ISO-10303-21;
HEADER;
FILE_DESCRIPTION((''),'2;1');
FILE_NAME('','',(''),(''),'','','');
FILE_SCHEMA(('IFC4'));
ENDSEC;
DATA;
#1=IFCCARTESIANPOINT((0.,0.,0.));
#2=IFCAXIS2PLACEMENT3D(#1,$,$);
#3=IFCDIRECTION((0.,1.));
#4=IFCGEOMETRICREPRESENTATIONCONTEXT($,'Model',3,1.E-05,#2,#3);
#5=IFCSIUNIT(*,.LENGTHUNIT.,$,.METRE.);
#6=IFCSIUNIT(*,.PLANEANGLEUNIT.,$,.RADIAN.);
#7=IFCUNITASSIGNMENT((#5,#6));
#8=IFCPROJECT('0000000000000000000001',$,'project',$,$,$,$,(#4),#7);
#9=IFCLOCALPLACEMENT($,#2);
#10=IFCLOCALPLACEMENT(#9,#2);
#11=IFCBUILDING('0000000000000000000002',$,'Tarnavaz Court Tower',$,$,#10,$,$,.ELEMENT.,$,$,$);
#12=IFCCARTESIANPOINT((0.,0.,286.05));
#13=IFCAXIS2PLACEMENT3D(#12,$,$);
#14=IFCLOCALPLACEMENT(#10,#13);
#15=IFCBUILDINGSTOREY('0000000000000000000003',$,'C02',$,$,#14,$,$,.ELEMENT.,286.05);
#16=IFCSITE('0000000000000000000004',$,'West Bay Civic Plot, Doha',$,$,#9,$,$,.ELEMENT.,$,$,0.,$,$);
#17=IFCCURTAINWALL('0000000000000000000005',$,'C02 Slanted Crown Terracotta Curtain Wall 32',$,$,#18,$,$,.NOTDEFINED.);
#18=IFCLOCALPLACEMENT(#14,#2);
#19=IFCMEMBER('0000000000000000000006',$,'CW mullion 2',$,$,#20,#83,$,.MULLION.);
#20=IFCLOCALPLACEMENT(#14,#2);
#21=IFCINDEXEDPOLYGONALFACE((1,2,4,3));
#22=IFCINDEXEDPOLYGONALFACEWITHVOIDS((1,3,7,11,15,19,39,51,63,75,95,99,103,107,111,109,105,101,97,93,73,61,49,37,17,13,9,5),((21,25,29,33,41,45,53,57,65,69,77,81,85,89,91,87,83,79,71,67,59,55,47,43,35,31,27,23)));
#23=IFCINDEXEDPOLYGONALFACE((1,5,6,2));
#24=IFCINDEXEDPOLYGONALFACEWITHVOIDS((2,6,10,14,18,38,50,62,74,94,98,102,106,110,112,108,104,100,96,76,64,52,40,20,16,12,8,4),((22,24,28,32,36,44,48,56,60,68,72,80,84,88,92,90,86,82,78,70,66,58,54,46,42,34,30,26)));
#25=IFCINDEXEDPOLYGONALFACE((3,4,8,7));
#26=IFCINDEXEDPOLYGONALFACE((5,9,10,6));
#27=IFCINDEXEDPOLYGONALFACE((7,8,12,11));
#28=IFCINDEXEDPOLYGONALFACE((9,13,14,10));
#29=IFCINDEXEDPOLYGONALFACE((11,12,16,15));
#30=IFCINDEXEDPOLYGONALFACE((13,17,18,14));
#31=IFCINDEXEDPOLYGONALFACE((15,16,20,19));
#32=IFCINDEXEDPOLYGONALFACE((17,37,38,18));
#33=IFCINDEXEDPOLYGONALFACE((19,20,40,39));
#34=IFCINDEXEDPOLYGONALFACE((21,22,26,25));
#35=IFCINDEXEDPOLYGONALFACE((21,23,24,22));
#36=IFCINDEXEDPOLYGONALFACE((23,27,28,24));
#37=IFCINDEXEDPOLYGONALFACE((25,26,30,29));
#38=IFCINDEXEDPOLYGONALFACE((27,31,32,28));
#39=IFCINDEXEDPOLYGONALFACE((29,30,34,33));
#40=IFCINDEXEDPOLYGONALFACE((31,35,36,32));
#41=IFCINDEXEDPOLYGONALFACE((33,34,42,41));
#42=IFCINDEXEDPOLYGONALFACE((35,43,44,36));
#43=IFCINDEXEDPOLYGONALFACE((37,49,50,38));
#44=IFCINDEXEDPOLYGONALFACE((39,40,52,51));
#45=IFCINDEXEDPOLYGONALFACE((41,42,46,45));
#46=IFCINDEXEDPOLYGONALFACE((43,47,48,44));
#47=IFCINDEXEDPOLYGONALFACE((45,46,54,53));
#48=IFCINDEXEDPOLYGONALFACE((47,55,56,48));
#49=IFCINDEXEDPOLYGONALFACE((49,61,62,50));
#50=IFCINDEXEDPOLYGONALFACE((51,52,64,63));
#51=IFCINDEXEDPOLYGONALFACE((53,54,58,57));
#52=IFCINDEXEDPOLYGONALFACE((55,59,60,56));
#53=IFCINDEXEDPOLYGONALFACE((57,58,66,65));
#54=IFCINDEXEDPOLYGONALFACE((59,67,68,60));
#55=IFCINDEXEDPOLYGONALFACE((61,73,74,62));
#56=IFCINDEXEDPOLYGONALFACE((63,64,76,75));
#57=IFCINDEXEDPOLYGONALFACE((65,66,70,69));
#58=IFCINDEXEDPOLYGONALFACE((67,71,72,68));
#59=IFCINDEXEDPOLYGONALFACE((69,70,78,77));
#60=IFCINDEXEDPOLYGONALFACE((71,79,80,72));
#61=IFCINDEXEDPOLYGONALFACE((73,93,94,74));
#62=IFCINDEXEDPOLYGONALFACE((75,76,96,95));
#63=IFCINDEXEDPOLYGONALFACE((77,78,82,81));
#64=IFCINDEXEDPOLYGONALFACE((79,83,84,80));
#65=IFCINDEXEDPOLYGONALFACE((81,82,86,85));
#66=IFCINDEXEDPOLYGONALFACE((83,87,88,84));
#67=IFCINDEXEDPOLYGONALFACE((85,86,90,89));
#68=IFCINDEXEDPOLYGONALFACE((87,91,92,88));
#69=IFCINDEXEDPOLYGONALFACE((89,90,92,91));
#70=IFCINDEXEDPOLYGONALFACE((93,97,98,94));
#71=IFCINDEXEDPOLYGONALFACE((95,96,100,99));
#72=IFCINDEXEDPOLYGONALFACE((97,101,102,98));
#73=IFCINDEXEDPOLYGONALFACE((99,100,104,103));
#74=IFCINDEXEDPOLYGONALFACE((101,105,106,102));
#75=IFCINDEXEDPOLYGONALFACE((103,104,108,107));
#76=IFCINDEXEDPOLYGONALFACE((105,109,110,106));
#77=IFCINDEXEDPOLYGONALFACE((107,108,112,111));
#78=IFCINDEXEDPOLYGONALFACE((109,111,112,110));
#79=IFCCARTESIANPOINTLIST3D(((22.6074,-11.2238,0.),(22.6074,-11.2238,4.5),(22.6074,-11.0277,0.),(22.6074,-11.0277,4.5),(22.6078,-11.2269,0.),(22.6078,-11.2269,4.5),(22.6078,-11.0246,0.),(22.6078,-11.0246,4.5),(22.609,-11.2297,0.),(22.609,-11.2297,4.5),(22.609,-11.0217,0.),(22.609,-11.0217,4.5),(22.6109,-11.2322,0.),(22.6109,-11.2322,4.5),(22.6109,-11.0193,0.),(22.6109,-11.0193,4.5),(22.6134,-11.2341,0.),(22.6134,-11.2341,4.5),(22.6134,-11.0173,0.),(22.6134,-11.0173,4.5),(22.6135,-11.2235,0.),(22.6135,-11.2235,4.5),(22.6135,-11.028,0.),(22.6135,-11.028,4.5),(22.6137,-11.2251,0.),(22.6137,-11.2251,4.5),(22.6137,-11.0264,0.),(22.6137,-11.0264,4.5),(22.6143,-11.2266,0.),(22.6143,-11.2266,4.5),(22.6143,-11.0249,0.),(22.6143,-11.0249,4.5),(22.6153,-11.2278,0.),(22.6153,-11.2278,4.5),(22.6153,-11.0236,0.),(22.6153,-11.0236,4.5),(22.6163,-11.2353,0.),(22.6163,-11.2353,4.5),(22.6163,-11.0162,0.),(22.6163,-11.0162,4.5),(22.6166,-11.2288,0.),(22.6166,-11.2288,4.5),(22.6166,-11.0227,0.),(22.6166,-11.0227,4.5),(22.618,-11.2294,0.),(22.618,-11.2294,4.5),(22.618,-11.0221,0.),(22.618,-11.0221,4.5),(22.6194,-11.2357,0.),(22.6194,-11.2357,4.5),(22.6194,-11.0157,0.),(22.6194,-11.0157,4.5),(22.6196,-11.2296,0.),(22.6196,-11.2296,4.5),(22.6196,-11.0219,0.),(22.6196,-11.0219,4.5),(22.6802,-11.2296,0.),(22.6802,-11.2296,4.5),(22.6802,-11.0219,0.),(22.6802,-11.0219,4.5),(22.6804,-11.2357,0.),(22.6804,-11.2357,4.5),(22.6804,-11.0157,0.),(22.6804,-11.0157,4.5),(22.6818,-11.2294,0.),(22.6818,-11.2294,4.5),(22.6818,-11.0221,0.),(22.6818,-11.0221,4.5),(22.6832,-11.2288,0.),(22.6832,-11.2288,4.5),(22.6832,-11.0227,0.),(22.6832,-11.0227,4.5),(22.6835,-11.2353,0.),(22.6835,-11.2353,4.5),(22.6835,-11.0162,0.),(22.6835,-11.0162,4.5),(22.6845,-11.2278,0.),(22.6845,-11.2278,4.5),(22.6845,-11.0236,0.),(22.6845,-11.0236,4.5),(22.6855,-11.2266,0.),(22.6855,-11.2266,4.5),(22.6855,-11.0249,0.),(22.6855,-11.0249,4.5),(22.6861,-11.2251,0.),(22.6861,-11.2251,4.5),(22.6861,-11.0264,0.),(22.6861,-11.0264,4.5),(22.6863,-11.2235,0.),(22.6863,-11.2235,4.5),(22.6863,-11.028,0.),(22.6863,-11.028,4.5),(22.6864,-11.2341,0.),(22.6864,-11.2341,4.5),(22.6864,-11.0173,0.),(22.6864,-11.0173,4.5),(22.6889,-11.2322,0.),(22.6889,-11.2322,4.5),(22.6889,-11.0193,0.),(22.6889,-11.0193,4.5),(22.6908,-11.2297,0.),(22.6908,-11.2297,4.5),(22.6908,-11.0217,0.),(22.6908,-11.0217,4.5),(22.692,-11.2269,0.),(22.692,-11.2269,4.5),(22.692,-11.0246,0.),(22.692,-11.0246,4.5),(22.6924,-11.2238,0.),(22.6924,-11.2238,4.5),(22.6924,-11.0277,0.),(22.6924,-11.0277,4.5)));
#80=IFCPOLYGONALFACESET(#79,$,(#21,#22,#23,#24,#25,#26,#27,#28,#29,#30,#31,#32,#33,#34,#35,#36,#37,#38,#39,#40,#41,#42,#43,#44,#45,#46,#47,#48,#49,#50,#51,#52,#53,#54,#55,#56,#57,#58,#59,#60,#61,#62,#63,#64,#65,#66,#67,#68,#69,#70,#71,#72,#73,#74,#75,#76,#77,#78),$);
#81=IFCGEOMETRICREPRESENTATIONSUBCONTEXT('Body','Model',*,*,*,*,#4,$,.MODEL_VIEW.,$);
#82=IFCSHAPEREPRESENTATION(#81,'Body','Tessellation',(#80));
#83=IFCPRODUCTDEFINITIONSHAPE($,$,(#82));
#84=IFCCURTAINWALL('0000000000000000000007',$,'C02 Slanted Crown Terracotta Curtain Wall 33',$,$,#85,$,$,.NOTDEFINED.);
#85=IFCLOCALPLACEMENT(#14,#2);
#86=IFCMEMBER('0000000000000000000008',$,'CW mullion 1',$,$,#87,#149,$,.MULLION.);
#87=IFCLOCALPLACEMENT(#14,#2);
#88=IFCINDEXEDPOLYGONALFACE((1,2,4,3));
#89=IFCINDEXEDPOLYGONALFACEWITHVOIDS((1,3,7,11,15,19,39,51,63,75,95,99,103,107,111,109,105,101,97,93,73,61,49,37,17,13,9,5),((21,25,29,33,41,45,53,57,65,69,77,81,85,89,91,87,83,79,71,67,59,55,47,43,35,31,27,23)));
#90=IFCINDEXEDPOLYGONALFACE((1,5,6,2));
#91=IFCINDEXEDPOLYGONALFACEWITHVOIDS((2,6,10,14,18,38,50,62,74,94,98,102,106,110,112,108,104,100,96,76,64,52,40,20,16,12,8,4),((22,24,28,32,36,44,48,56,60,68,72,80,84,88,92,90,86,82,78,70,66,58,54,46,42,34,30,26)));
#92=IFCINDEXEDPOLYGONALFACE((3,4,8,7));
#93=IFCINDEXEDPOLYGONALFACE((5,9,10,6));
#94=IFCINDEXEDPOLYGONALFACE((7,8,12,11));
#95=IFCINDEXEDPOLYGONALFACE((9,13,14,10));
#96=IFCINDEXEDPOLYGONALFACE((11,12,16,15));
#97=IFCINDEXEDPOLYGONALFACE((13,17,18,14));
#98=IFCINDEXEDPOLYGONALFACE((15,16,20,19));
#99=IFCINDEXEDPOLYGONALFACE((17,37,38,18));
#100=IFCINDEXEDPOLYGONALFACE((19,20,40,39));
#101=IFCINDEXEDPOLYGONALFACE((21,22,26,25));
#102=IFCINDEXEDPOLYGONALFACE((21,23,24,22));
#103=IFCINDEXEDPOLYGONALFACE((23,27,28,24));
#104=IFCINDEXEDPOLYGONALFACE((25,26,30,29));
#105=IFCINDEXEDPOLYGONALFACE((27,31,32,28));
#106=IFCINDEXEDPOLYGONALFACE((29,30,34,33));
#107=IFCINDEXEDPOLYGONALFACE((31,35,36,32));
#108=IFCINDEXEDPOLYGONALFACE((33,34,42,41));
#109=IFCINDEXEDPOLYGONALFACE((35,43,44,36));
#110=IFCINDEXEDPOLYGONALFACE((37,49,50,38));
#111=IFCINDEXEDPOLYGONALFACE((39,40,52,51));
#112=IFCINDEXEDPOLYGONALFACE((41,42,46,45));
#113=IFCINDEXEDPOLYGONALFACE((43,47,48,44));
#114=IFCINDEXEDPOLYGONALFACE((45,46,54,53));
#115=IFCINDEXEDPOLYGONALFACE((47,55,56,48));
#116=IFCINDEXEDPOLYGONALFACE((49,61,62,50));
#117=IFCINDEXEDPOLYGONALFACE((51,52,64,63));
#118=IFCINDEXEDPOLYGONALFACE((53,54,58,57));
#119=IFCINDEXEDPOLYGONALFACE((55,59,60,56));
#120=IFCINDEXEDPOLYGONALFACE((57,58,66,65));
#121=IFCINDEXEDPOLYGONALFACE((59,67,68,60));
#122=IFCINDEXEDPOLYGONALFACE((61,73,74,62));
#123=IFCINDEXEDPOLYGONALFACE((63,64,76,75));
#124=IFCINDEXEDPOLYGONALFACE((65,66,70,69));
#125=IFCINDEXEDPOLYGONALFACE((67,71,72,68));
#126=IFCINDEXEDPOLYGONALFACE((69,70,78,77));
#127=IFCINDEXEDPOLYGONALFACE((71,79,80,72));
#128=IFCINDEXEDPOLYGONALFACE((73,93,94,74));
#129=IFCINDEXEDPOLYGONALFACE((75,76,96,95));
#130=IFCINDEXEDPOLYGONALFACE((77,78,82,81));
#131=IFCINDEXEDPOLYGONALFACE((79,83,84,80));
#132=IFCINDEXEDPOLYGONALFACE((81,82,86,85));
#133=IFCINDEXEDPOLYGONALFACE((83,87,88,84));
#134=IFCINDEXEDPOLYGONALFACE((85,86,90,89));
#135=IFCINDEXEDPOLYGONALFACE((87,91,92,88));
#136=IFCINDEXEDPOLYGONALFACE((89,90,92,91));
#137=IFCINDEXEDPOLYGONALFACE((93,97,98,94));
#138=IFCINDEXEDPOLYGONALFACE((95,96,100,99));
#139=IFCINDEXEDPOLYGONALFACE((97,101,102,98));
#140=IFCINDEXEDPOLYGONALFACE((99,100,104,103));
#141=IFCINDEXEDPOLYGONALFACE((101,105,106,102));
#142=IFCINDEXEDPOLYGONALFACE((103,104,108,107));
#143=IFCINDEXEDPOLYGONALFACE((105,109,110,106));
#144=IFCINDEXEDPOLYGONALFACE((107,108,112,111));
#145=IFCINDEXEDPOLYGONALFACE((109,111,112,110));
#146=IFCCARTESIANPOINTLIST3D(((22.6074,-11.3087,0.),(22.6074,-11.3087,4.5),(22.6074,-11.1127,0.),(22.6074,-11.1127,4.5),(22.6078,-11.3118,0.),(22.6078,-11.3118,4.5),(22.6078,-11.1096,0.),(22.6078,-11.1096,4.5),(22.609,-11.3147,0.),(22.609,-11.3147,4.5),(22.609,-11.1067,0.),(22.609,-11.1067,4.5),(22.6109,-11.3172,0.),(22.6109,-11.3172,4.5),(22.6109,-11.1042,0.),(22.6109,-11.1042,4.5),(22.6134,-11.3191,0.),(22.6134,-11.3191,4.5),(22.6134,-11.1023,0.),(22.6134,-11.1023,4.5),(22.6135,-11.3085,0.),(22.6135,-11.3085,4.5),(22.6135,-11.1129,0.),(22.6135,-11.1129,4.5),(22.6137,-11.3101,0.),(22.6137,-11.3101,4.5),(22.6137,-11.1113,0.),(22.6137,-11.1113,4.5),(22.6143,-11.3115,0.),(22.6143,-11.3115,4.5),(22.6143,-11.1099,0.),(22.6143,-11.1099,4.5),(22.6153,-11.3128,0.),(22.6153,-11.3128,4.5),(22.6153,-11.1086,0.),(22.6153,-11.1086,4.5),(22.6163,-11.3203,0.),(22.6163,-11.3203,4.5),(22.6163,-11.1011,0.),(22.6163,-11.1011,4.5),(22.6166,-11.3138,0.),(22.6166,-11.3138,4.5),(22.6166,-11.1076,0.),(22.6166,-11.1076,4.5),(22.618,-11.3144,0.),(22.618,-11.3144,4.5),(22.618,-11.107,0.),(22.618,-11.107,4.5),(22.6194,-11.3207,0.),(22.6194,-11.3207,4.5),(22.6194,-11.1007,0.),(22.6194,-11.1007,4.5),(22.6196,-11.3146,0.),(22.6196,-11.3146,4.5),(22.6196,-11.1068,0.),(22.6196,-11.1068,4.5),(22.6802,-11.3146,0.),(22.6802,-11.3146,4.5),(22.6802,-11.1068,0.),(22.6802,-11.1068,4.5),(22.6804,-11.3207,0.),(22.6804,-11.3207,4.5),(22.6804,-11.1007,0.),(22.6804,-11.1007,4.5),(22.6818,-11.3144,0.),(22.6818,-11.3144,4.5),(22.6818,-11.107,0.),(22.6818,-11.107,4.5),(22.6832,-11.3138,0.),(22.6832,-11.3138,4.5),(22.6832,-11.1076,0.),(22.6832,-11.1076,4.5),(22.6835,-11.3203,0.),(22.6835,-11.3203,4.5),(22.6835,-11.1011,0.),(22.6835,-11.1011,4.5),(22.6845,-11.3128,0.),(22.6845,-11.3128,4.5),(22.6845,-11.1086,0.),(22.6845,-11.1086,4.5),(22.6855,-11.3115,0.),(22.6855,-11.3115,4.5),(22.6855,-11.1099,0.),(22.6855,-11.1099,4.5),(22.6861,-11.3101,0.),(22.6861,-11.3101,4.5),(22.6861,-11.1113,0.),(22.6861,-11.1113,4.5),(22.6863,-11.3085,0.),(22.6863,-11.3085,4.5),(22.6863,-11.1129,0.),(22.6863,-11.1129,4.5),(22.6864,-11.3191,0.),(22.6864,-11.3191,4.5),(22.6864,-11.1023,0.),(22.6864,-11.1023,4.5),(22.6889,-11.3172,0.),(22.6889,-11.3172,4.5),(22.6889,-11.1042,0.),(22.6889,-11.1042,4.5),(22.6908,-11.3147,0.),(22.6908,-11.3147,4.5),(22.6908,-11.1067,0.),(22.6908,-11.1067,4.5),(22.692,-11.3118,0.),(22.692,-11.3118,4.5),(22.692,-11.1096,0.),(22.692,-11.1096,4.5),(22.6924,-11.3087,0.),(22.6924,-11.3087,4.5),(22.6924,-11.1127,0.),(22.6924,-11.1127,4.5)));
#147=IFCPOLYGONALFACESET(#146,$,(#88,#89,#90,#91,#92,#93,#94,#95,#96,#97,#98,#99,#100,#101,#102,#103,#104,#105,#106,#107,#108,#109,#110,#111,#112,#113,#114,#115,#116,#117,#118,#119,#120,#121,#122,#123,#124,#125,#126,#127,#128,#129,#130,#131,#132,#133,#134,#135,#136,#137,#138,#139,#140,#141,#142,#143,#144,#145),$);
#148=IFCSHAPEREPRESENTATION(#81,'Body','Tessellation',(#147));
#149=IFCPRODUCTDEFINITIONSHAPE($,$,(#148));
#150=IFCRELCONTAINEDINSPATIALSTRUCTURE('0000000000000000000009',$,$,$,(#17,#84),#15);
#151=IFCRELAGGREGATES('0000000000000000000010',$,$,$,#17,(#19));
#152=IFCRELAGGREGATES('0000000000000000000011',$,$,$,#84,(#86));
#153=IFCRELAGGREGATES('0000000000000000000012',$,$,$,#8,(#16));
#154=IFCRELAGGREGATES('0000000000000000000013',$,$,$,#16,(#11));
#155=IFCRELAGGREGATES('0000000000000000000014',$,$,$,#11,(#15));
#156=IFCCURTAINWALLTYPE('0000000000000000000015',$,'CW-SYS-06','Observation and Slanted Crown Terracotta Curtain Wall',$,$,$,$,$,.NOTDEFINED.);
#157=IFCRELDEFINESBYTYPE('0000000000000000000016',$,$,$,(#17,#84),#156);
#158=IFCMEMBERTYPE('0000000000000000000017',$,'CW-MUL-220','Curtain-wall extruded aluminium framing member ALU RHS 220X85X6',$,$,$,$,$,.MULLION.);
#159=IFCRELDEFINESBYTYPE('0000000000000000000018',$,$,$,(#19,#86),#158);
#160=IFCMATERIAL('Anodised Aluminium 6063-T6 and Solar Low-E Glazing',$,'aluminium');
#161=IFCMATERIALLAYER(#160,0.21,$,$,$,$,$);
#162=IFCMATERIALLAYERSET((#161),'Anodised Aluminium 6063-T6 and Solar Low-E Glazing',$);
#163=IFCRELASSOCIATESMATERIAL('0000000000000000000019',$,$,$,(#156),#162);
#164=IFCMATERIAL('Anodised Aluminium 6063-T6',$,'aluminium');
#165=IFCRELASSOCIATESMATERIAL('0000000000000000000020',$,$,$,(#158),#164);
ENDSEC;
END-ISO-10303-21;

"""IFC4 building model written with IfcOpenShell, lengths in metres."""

from ifc_helpers import new_model, si_unit, direction, frame, origin, origin_2d, place, context, subcontext, project, spatial, hollow_rectangle, extrude, material, layer, layer_set, material_profile, profile_set, type_object, element, aggregate, save


model = new_model("IFC4")

# Units and contexts
model_context = context("Model", 3, precision=1e-05, world=origin(), true_north=direction((0.0, 1.0)))
body_context = subcontext(model_context, "Body", "Model", "MODEL_VIEW")
ifc_project = project(units=[si_unit("LENGTHUNIT", "METRE"), si_unit("PLANEANGLEUNIT", "RADIAN")], contexts=[model_context])

# Site, building, storey
site_placement = place(None, origin())
site = spatial("IfcSite", under=ifc_project, at=site_placement, Name="West Bay Civic Plot, Doha", CompositionType="ELEMENT", RefElevation=0.0)
building_placement = place(site_placement, origin())
building = spatial("IfcBuilding", under=site, at=building_placement, Name="Tarnavaz Court Tower", CompositionType="ELEMENT")
storey_placement = place(building_placement, frame((0.0, 0.0, 286.05)))
storey = spatial("IfcBuildingStorey", under=building, at=storey_placement, Name="C02", CompositionType="ELEMENT", Elevation=286.05)

# Shared definitions
ifc_material_1 = material(Name="Anodised Aluminium 6063-T6 and Solar Low-E Glazing", Category="aluminium")
ifc_layer_1 = layer(ifc_material_1, 0.21)
ifc_layer_set_1 = layer_set([ifc_layer_1], Name="Anodised Aluminium 6063-T6 and Solar Low-E Glazing")
curtain_wall_type = type_object("IfcCurtainWallType", Name="CW-SYS-06", Description="Observation and Slanted Crown Terracotta Curtain Wall", PredefinedType="NOTDEFINED", material=ifc_layer_set_1)
ifc_material_2 = material(Name="Anodised Aluminium 6063-T6", Category="aluminium")
ifc_material_profile_1 = material_profile(ifc_material_2, hollow_rectangle(XDim=0.085, YDim=0.22, WallThickness=0.0061, InnerFilletRadius=0.0061, OuterFilletRadius=0.012, at=origin_2d()), Name="ALU RHS 220X85X6")
ifc_profile_set_1 = profile_set([ifc_material_profile_1], Name="Anodised Aluminium 6063-T6")
member_type_1 = type_object("IfcMemberType", Name="CW-MUL-220", Description="Curtain-wall extruded aluminium framing member ALU RHS 220X85X6", PredefinedType="MULLION", material=ifc_profile_set_1)

# Curtain walls, members
curtain_wall_1_placement = place(storey_placement, origin())
curtain_wall_1 = element("IfcCurtainWall", 1, at=curtain_wall_1_placement, inside=storey, type_object=curtain_wall_type, Name="C02 Slanted Crown Terracotta Curtain Wall 32", PredefinedType="NOTDEFINED")
member_1_placement = place(storey_placement, frame((22.6499, -11.1257, 0.0), z_axis=(0.0, 0.0, 1.0), x_axis=(1.0, 0.0, 0.0)))
member_1 = element("IfcMember", 2, at=member_1_placement, type_object=member_type_1, Name="CW mullion 2", PredefinedType="MULLION", context=body_context, shape_type="SweptSolid", body=[
    extrude(hollow_rectangle(XDim=0.085, YDim=0.22, WallThickness=0.0061, InnerFilletRadius=0.0061, OuterFilletRadius=0.012, at=origin_2d()), origin(), (0.0, 0.0, 1.0), 4.5),
])
curtain_wall_2_placement = place(storey_placement, origin())
curtain_wall_2 = element("IfcCurtainWall", 3, at=curtain_wall_2_placement, inside=storey, type_object=curtain_wall_type, Name="C02 Slanted Crown Terracotta Curtain Wall 33", PredefinedType="NOTDEFINED")
member_2_placement = place(storey_placement, frame((22.6499, -11.2107, 0.0), z_axis=(0.0, 0.0, 1.0), x_axis=(1.0, 0.0, 0.0)))
member_2 = element("IfcMember", 4, at=member_2_placement, type_object=member_type_1, Name="CW mullion 1", PredefinedType="MULLION", context=body_context, shape_type="SweptSolid", body=[
    extrude(hollow_rectangle(XDim=0.085, YDim=0.22, WallThickness=0.0061, InnerFilletRadius=0.0061, OuterFilletRadius=0.012, at=origin_2d()), origin(), (0.0, 0.0, 1.0), 4.5),
])

aggregate(curtain_wall_1, [member_1])
aggregate(curtain_wall_2, [member_2])

save(model, "model.ifc")
